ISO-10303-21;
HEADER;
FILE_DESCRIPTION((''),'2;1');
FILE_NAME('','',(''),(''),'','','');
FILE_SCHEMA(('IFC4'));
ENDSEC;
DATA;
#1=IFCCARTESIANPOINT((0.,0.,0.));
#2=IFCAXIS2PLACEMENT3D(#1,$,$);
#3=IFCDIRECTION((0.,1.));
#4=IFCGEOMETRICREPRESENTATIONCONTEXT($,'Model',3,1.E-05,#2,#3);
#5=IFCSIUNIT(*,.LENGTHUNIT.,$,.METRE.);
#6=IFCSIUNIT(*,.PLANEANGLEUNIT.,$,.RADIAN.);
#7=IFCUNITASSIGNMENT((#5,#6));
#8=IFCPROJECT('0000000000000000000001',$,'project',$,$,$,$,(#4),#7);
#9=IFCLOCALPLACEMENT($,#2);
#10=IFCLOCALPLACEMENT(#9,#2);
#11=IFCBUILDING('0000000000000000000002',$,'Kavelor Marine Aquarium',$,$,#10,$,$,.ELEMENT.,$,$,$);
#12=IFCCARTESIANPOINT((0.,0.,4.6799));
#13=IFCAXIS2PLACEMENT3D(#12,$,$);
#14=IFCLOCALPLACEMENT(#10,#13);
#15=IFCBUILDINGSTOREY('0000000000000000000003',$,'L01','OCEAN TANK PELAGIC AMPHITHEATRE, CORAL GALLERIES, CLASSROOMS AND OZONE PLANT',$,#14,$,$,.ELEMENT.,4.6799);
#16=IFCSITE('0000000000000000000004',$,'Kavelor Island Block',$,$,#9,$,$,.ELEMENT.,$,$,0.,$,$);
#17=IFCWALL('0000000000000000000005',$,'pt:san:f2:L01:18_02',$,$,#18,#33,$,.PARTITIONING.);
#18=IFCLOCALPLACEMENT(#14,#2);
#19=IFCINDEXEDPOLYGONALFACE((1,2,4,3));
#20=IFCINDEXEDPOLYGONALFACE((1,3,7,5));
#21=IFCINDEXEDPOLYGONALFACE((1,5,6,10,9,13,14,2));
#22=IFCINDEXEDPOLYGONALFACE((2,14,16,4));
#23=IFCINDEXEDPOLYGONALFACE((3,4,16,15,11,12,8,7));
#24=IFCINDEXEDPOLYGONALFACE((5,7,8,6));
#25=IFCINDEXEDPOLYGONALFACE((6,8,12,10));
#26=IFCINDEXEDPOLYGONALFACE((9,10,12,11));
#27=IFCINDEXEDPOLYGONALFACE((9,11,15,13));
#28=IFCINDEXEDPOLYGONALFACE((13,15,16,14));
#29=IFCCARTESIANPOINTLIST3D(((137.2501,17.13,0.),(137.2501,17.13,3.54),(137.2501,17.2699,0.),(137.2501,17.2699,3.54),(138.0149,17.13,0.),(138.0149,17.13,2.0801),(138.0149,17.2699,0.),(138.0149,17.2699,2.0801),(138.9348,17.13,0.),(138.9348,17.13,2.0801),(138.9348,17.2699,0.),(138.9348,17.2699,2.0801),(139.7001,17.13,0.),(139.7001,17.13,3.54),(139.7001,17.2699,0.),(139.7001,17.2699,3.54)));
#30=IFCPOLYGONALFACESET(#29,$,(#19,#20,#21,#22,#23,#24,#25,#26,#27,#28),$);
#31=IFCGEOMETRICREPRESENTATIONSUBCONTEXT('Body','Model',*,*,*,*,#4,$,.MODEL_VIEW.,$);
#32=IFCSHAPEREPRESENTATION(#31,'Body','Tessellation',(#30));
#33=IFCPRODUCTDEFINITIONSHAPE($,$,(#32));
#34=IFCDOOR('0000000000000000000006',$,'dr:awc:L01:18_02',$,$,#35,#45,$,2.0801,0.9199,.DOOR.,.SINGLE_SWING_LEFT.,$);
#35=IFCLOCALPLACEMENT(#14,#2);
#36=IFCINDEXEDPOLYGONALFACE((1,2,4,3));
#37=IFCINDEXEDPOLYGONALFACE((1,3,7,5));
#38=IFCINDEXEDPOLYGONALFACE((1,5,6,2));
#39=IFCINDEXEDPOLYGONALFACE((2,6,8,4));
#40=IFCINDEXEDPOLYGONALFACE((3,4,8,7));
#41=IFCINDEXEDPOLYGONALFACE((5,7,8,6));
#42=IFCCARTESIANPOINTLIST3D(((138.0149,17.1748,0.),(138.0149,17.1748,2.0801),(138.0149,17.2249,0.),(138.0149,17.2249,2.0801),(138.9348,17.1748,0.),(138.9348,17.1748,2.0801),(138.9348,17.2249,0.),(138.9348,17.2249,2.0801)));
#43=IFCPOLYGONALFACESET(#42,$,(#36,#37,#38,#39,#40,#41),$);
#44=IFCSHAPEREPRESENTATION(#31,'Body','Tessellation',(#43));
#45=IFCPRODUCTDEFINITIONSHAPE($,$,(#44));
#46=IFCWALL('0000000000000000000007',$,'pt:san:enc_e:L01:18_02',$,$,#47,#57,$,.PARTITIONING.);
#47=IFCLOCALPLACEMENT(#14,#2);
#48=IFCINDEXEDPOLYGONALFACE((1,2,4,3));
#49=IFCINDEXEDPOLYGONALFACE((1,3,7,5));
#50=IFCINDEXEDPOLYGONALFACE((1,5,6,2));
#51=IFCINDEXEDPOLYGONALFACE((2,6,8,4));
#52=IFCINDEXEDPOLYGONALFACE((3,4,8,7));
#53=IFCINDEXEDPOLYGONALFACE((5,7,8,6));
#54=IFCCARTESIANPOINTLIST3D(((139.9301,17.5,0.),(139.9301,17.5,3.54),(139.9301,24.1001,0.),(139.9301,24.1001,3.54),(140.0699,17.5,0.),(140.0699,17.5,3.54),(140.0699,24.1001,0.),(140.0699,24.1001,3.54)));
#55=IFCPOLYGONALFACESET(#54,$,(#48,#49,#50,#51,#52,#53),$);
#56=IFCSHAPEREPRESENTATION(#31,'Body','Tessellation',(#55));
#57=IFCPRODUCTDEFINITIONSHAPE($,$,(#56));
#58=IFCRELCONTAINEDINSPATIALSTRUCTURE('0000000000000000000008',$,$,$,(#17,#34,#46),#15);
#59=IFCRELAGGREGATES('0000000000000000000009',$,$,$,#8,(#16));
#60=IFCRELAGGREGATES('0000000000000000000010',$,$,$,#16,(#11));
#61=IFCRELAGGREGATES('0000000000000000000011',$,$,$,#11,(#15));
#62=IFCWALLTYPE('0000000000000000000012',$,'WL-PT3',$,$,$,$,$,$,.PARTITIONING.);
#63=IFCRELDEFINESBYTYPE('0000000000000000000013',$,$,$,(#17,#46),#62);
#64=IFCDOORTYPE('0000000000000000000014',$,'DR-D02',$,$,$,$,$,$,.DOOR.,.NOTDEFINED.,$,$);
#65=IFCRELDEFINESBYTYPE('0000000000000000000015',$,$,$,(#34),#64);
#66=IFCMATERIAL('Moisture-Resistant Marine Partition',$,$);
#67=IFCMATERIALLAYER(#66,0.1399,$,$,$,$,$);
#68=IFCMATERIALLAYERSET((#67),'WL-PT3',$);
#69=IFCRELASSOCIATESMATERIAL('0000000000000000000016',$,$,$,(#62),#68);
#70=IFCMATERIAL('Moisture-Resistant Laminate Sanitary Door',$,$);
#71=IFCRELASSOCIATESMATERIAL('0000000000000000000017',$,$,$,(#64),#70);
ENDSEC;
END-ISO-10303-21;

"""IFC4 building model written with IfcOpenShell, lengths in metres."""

from ifc_helpers import new_model, si_unit, direction, frame, frame_2d, origin, place, context, subcontext, project, spatial, rectangle, extrude, material, layer, layer_set, type_object, element, fill, save


model = new_model("IFC4")

# Units and contexts
model_context = context("Model", 3, precision=1e-05, world=origin(), true_north=direction((0.0, 1.0)))
body_context = subcontext(model_context, "Body", "Model", "MODEL_VIEW")
ifc_project = project(units=[si_unit("LENGTHUNIT", "METRE"), si_unit("PLANEANGLEUNIT", "RADIAN")], contexts=[model_context])

# Site, building, storey
site_placement = place(None, origin())
site = spatial("IfcSite", under=ifc_project, at=site_placement, Name="Kavelor Island Block", CompositionType="ELEMENT", RefElevation=0.0)
building_placement = place(site_placement, origin())
building = spatial("IfcBuilding", under=site, at=building_placement, Name="Kavelor Marine Aquarium", CompositionType="ELEMENT")
storey_placement = place(building_placement, frame((0.0, 0.0, 4.6799)))
storey = spatial("IfcBuildingStorey", under=building, at=storey_placement, Name="L01", Description="OCEAN TANK PELAGIC AMPHITHEATRE, CORAL GALLERIES, CLASSROOMS AND OZONE PLANT", CompositionType="ELEMENT", Elevation=4.6799)

# Shared definitions
ifc_material_1 = material(Name="Moisture-Resistant Marine Partition")
ifc_layer_1 = layer(ifc_material_1, 0.1399)
ifc_layer_set_1 = layer_set([ifc_layer_1], Name="WL-PT3")
wall_type_1 = type_object("IfcWallType", Name="WL-PT3", PredefinedType="PARTITIONING", material=ifc_layer_set_1)

# Wall, opening, door
wall_1_placement = place(storey_placement, frame((137.25, 17.2, 0.0), z_axis=(0.0, 0.0, 1.0), x_axis=(1.0, 0.0, 0.0)))
wall_1 = element("IfcWall", 1, at=wall_1_placement, inside=storey, type_object=wall_type_1, Name="pt:san:f2:L01:18_02", PredefinedType="PARTITIONING", context=body_context, shape_type="SweptSolid", body=[
    extrude(rectangle(XDim=2.45, YDim=0.1399, at=frame_2d((1.2251, 0.0))), origin(), (0.0, 0.0, 1.0), 3.54),
])
opening_1_placement = place(wall_1_placement, frame((0.7649, 0.0, 0.0)))
opening_1 = element("IfcOpeningElement", 2, at=opening_1_placement, cuts=wall_1, PredefinedType="OPENING", context=body_context, shape_type="SweptSolid", body=[
    extrude(rectangle(XDim=0.9199, YDim=2.0801, at=frame_2d((0.46, 1.04))), frame((0.0, 0.0798, 0.0), z_axis=(0.0, -1.0, 0.0), x_axis=(1.0, 0.0, 0.0)), (0.0, 0.0, 1.0), 0.1599),
])
ifc_material_2 = material(Name="Moisture-Resistant Laminate Sanitary Door")
door_type_1 = type_object("IfcDoorType", Name="DR-D02", OperationType="NOTDEFINED", PredefinedType="DOOR", material=ifc_material_2)
door_1_placement = place(opening_1_placement, origin())
door_1 = element("IfcDoor", 3, at=door_1_placement, inside=storey, type_object=door_type_1, Name="dr:awc:L01:18_02", OperationType="SINGLE_SWING_LEFT", OverallHeight=2.0801, OverallWidth=0.9199, PredefinedType="DOOR", context=body_context, shape_type="SweptSolid", body=[
    extrude(rectangle(XDim=0.9199, YDim=2.0801, at=frame_2d((0.46, 1.04))), frame((0.0, 0.0249, 0.0), z_axis=(0.0, -1.0, 0.0), x_axis=(1.0, 0.0, 0.0)), (0.0, 0.0, 1.0), 0.05),
])
fill(opening_1, door_1)

# Wall
wall_2_placement = place(storey_placement, frame((140.0, 17.5, 0.0), z_axis=(0.0, 0.0, 1.0), x_axis=(0.0, 1.0, 0.0)))
element("IfcWall", 4, at=wall_2_placement, inside=storey, type_object=wall_type_1, Name="pt:san:enc_e:L01:18_02", PredefinedType="PARTITIONING", context=body_context, shape_type="SweptSolid", body=[
    extrude(rectangle(XDim=6.6001, YDim=0.1399, at=frame_2d((3.3, 0.0))), origin(), (0.0, 0.0, 1.0), 3.54),
])

save(model, "model.ifc")
